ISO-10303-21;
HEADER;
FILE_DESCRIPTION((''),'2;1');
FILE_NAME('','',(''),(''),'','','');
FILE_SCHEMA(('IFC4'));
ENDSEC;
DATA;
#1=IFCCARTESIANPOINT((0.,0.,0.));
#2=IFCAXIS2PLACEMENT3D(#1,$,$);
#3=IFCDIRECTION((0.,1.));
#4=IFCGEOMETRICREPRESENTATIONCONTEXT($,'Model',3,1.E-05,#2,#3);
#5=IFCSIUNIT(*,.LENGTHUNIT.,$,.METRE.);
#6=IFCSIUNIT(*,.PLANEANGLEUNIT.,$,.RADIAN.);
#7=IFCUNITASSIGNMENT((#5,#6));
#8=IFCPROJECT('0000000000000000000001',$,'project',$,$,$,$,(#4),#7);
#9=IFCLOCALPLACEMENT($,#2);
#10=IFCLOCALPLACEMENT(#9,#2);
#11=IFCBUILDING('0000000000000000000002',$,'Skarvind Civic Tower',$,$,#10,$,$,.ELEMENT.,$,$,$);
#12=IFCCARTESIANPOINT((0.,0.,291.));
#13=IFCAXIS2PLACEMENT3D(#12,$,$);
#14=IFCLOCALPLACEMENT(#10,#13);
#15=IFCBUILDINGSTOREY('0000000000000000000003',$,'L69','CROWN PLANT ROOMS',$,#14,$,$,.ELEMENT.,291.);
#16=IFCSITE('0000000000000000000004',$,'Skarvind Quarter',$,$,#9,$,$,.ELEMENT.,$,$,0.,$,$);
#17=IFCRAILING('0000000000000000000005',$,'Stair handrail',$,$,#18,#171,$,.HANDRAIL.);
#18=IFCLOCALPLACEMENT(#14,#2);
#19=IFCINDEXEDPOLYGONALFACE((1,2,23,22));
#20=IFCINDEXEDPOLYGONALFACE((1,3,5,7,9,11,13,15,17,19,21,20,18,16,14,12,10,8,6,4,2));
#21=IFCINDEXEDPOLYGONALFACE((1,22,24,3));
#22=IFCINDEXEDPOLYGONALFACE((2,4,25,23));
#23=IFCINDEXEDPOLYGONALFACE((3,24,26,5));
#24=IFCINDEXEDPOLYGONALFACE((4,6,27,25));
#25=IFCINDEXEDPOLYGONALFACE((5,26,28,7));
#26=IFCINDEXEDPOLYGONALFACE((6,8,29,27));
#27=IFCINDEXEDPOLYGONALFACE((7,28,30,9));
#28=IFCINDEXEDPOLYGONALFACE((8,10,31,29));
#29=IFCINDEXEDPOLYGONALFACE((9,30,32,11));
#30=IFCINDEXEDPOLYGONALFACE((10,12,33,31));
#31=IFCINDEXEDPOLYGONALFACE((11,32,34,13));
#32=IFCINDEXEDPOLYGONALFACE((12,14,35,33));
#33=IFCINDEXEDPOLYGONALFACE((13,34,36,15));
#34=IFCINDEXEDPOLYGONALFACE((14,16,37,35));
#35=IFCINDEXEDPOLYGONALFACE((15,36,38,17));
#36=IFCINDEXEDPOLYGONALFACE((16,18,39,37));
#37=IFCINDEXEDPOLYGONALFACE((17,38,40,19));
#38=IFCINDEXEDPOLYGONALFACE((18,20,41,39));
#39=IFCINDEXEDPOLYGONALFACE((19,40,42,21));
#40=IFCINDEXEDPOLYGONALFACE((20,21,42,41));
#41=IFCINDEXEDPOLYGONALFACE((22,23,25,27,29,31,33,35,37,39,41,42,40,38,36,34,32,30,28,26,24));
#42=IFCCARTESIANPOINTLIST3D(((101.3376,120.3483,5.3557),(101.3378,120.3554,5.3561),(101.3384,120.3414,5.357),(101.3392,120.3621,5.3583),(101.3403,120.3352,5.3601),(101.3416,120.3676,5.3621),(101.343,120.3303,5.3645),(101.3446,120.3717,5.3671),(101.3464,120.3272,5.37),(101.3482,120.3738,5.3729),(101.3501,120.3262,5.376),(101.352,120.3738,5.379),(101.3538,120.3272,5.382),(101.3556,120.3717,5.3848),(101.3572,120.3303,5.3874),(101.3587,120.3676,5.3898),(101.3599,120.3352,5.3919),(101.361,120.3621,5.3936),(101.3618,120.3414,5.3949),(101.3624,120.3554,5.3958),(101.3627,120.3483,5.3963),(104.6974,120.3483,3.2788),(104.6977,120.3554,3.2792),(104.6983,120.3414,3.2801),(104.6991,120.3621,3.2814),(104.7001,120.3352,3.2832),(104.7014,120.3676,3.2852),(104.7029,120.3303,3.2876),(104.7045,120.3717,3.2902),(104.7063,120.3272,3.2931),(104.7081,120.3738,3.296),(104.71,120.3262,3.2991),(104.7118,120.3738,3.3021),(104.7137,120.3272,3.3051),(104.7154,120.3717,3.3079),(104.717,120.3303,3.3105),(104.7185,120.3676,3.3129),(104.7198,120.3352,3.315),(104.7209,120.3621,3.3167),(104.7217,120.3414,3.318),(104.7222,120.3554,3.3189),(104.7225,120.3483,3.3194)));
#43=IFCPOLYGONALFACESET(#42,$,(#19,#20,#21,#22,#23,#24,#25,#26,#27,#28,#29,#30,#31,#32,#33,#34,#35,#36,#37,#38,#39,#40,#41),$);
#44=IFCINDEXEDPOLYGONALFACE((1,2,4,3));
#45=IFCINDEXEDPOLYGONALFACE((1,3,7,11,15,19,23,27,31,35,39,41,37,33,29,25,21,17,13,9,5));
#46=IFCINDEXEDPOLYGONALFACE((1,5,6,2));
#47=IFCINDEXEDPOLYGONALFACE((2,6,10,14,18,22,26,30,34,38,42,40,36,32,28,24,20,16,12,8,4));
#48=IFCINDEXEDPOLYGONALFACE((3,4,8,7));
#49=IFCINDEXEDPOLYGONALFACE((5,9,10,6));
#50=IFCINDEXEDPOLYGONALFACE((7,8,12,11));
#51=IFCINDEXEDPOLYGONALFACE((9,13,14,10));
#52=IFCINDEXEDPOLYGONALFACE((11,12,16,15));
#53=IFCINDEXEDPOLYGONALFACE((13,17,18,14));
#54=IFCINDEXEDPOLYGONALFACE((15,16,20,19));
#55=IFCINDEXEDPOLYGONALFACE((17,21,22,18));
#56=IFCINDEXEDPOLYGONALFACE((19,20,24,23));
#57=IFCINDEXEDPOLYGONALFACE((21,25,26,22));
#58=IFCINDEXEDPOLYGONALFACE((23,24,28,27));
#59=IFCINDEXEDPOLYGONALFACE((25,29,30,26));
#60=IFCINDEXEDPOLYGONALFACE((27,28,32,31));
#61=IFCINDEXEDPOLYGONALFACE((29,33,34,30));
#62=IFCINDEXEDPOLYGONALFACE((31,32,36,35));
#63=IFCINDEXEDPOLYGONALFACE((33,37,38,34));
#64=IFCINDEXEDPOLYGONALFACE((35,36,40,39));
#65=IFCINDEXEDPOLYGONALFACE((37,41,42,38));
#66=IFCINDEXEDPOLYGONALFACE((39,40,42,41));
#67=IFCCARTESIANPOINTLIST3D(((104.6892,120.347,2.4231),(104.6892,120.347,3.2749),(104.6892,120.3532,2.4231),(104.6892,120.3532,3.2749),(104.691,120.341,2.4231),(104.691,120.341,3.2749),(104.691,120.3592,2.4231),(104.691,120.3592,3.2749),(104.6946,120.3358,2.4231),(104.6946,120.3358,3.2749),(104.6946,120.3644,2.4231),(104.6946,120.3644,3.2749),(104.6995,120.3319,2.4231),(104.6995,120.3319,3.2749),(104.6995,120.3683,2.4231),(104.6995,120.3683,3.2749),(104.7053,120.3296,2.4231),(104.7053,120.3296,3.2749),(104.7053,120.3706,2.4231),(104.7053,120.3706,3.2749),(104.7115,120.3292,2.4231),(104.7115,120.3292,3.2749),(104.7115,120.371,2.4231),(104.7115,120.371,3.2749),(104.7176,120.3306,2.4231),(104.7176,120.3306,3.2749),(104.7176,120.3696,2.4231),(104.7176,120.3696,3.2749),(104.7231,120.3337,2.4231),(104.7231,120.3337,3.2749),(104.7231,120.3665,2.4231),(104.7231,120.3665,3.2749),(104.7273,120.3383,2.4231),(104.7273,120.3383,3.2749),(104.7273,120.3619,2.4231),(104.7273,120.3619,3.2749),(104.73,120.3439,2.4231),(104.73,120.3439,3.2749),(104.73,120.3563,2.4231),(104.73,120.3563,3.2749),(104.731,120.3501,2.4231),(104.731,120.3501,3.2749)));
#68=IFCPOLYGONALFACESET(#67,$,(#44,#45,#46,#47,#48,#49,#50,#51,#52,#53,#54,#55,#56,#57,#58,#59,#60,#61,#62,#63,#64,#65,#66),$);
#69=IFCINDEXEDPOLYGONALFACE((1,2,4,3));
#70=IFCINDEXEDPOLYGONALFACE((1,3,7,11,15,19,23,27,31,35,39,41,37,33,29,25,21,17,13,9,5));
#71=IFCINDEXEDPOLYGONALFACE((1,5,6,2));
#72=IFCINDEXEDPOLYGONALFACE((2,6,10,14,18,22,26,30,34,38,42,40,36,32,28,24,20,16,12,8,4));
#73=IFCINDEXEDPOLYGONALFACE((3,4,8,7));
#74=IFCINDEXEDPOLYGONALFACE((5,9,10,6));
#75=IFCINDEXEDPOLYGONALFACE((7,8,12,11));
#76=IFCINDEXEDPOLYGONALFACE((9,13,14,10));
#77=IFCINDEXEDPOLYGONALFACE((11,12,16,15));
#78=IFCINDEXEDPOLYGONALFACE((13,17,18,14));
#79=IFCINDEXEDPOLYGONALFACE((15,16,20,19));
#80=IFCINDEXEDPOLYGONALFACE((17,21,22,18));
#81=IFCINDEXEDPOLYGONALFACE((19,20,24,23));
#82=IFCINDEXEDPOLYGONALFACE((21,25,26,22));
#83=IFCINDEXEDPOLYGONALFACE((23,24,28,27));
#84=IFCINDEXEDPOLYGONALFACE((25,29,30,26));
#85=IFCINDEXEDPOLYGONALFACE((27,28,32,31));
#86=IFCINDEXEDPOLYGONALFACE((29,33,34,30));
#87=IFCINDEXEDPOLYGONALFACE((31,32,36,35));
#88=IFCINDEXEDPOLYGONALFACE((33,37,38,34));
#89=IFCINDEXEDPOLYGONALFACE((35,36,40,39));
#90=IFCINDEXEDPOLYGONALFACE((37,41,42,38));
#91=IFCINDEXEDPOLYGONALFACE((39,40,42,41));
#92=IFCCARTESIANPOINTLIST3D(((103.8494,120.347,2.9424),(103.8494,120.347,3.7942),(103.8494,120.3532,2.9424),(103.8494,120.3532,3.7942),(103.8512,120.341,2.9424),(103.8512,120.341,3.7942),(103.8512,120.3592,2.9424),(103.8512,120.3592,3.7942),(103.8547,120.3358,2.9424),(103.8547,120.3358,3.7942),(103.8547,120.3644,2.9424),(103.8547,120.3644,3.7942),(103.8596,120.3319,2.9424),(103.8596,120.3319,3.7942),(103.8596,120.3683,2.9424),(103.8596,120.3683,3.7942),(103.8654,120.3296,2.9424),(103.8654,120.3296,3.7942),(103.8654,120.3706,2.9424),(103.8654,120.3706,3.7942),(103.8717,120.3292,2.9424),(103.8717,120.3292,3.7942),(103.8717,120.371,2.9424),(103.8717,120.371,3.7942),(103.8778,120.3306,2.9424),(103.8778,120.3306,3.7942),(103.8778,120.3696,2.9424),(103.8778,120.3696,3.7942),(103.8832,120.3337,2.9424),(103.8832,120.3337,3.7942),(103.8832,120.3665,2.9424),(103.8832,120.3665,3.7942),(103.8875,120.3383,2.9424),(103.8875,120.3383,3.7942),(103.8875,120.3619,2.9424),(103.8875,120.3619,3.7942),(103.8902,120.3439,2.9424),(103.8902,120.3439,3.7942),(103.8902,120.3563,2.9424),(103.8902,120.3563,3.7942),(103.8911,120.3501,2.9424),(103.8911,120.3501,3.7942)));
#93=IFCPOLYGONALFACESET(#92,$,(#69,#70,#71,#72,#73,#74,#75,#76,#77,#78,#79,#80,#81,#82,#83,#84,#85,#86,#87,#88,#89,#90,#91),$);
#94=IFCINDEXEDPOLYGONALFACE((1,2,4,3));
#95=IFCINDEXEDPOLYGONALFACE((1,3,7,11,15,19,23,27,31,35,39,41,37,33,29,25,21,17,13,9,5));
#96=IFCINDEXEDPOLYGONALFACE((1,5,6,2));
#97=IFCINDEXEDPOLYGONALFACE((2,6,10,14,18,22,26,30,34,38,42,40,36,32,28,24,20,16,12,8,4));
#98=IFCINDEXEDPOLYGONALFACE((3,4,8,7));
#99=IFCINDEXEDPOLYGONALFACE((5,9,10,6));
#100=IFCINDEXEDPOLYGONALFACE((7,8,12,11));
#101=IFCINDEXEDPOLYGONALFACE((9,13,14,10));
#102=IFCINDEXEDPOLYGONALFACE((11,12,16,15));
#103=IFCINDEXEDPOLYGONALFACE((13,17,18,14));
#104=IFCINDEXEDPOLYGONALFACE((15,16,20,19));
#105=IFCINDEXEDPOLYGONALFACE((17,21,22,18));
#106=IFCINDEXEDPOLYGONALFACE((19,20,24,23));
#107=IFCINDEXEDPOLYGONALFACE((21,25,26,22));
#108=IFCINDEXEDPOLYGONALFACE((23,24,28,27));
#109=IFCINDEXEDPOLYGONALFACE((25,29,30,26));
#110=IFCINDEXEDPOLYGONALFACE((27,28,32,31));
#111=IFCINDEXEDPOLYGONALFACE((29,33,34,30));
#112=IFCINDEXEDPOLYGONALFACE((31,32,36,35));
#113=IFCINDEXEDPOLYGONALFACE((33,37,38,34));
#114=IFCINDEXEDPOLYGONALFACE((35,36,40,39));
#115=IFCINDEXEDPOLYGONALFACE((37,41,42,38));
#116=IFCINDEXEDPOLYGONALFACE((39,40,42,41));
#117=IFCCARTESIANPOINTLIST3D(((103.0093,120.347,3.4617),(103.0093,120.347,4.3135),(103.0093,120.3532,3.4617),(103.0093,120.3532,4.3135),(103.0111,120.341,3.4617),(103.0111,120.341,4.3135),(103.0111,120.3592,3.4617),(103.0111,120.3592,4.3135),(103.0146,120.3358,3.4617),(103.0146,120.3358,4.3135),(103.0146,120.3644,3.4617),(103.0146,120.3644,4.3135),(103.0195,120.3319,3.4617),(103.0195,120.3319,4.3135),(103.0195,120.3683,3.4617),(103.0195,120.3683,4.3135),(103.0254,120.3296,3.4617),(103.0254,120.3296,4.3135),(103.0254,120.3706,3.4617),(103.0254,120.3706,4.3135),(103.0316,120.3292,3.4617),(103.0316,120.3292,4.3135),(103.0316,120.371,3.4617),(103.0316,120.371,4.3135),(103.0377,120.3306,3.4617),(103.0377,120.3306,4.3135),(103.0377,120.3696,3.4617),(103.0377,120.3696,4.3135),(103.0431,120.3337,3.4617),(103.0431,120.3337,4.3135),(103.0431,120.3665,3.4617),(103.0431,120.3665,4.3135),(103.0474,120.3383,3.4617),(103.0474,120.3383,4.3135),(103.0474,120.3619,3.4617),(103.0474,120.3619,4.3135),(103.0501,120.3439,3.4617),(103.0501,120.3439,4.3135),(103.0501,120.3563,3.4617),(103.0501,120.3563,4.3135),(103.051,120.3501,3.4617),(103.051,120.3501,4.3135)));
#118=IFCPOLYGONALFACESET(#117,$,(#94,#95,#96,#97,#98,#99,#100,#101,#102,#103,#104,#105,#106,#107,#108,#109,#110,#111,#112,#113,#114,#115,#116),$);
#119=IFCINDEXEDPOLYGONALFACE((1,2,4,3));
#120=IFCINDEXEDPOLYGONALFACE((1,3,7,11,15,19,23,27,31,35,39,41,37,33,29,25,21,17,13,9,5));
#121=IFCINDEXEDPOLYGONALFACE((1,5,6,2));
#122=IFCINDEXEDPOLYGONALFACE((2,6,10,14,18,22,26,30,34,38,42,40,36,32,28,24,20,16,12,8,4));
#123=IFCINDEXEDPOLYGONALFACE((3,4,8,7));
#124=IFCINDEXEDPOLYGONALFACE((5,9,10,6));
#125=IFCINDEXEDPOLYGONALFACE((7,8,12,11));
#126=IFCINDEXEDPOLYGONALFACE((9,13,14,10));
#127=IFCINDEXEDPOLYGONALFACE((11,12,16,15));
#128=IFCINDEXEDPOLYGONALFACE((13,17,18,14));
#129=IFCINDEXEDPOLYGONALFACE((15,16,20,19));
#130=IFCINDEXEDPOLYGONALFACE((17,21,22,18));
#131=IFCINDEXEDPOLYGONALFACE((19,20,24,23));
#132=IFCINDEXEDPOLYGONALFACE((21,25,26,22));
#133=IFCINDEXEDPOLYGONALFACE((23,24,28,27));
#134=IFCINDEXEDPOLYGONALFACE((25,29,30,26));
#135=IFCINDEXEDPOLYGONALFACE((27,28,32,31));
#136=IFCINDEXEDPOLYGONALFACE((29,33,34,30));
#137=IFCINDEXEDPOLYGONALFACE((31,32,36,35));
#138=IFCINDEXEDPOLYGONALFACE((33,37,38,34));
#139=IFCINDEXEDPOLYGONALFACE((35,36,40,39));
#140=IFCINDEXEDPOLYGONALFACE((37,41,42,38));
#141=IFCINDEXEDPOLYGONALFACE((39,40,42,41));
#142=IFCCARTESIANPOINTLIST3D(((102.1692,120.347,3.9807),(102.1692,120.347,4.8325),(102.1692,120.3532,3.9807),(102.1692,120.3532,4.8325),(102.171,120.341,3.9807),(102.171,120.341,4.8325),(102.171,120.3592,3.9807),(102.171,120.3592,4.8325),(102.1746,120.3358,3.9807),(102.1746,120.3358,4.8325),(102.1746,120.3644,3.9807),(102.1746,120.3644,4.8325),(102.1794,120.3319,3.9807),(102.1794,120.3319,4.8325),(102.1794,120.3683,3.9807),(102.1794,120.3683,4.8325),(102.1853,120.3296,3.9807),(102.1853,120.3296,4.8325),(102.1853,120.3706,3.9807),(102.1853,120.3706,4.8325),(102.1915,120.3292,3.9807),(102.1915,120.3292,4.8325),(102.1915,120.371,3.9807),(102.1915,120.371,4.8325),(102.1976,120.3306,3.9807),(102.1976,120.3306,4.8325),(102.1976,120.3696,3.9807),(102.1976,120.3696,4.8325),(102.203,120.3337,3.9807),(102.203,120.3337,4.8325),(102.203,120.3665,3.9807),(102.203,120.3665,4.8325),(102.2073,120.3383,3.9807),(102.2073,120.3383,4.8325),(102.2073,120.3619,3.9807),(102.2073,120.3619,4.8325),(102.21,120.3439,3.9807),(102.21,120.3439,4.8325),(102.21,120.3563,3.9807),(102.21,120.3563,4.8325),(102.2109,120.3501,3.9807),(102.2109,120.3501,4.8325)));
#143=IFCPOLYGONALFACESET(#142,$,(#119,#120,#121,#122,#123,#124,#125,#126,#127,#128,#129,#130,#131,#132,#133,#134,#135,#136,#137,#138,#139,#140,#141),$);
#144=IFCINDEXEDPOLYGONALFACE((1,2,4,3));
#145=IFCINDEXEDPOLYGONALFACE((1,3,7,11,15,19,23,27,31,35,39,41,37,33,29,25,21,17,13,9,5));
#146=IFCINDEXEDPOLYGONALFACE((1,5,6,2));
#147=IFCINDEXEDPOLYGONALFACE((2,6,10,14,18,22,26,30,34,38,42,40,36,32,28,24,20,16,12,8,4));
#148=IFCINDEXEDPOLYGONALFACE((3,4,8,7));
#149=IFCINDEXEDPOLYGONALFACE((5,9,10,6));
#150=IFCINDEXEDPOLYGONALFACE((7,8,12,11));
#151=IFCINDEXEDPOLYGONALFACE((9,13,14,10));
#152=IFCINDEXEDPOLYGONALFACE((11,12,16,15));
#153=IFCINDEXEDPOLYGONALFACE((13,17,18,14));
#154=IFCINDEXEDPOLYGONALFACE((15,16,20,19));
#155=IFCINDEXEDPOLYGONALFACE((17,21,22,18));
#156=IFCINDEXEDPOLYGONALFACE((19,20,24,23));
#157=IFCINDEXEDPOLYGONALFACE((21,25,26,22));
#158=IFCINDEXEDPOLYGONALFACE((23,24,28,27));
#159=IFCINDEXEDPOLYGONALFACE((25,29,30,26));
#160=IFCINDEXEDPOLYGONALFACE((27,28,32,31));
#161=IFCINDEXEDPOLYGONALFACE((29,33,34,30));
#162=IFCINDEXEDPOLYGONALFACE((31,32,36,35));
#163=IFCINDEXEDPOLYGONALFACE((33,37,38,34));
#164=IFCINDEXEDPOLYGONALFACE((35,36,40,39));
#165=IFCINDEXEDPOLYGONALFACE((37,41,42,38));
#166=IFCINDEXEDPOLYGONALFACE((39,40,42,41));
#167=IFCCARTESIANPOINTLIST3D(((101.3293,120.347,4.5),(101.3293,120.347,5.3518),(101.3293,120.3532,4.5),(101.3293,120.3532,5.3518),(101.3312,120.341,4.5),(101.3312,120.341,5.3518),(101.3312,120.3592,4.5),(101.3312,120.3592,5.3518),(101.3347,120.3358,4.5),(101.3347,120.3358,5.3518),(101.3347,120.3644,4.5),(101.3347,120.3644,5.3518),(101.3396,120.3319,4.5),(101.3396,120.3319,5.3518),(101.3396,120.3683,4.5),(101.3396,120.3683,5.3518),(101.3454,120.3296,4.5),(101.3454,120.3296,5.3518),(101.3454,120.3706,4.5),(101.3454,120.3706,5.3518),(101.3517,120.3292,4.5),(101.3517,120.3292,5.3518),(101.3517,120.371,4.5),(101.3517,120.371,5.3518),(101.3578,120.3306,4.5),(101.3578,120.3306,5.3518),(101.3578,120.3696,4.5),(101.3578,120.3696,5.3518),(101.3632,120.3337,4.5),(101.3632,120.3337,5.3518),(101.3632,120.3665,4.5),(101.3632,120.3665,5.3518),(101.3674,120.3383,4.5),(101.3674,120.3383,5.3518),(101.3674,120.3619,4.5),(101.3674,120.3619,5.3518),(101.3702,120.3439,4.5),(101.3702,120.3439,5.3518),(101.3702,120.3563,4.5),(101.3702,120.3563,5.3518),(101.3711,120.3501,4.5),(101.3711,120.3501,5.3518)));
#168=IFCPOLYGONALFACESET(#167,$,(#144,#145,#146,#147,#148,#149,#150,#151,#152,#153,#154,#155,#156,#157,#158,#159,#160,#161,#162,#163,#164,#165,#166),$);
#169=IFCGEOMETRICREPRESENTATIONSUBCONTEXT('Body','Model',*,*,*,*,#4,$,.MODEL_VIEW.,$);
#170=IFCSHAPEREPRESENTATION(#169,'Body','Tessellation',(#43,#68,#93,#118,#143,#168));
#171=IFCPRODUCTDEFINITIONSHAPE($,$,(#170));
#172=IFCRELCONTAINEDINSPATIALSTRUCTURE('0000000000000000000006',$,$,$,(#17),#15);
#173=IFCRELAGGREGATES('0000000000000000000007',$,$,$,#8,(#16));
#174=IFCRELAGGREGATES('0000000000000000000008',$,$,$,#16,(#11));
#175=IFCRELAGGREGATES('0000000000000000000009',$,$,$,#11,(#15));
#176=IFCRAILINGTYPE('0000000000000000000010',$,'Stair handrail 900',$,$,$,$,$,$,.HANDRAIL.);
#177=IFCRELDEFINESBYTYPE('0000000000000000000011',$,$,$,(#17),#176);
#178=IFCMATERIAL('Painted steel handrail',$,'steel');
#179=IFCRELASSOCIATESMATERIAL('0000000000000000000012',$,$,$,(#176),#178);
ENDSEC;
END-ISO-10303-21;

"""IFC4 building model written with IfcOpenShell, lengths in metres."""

from ifc_helpers import new_model, si_unit, direction, frame, origin, origin_2d, place, context, subcontext, project, spatial, circle, extrude, material, type_object, element, save


model = new_model("IFC4")

# Units and contexts
model_context = context("Model", 3, precision=1e-05, world=origin(), true_north=direction((0.0, 1.0)))
body_context = subcontext(model_context, "Body", "Model", "MODEL_VIEW")
ifc_project = project(units=[si_unit("LENGTHUNIT", "METRE"), si_unit("PLANEANGLEUNIT", "RADIAN")], contexts=[model_context])

# Site, building, storey
site_placement = place(None, origin())
site = spatial("IfcSite", under=ifc_project, at=site_placement, Name="Skarvind Quarter", CompositionType="ELEMENT", RefElevation=0.0)
building_placement = place(site_placement, origin())
building = spatial("IfcBuilding", under=site, at=building_placement, Name="Skarvind Civic Tower", CompositionType="ELEMENT")
storey_placement = place(building_placement, frame((0.0, 0.0, 291.0)))
storey = spatial("IfcBuildingStorey", under=building, at=storey_placement, Name="L69", Description="CROWN PLANT ROOMS", CompositionType="ELEMENT", Elevation=291.0)

# Railing
ifc_material_1 = material(Name="Painted steel handrail", Category="steel")
railing_type = type_object("IfcRailingType", Name="Stair handrail 900", PredefinedType="HANDRAIL", material=ifc_material_1)
railing_1_placement = place(storey_placement, frame((104.71, 120.3501, 2.4231)))
element("IfcRailing", 1, at=railing_1_placement, inside=storey, type_object=railing_type, Name="Stair handrail", PredefinedType="HANDRAIL", context=body_context, shape_type="SweptSolid", body=[
    extrude(circle(Radius=0.0239, at=origin_2d()), frame((0.0, 0.0, 0.876), z_axis=(-0.850606, 0.0, 0.525803), x_axis=(0.0, -1.0, 0.0)), (0.0, 0.0, 1.0), 3.95),
    extrude(circle(Radius=0.021, at=origin_2d()), origin(), (0.0, 0.0, 1.0), 0.8518),
    extrude(circle(Radius=0.021, at=origin_2d()), frame((-0.8398, 0.0, 0.5193)), (0.0, 0.0, 1.0), 0.8518),
    extrude(circle(Radius=0.021, at=origin_2d()), frame((-1.6799, 0.0, 1.0386)), (0.0, 0.0, 1.0), 0.8518),
    extrude(circle(Radius=0.021, at=origin_2d()), frame((-2.52, 0.0, 1.5576)), (0.0, 0.0, 1.0), 0.8518),
    extrude(circle(Radius=0.021, at=origin_2d()), frame((-3.3599, 0.0, 2.0769)), (0.0, 0.0, 1.0), 0.8518),
])

save(model, "model.ifc")
